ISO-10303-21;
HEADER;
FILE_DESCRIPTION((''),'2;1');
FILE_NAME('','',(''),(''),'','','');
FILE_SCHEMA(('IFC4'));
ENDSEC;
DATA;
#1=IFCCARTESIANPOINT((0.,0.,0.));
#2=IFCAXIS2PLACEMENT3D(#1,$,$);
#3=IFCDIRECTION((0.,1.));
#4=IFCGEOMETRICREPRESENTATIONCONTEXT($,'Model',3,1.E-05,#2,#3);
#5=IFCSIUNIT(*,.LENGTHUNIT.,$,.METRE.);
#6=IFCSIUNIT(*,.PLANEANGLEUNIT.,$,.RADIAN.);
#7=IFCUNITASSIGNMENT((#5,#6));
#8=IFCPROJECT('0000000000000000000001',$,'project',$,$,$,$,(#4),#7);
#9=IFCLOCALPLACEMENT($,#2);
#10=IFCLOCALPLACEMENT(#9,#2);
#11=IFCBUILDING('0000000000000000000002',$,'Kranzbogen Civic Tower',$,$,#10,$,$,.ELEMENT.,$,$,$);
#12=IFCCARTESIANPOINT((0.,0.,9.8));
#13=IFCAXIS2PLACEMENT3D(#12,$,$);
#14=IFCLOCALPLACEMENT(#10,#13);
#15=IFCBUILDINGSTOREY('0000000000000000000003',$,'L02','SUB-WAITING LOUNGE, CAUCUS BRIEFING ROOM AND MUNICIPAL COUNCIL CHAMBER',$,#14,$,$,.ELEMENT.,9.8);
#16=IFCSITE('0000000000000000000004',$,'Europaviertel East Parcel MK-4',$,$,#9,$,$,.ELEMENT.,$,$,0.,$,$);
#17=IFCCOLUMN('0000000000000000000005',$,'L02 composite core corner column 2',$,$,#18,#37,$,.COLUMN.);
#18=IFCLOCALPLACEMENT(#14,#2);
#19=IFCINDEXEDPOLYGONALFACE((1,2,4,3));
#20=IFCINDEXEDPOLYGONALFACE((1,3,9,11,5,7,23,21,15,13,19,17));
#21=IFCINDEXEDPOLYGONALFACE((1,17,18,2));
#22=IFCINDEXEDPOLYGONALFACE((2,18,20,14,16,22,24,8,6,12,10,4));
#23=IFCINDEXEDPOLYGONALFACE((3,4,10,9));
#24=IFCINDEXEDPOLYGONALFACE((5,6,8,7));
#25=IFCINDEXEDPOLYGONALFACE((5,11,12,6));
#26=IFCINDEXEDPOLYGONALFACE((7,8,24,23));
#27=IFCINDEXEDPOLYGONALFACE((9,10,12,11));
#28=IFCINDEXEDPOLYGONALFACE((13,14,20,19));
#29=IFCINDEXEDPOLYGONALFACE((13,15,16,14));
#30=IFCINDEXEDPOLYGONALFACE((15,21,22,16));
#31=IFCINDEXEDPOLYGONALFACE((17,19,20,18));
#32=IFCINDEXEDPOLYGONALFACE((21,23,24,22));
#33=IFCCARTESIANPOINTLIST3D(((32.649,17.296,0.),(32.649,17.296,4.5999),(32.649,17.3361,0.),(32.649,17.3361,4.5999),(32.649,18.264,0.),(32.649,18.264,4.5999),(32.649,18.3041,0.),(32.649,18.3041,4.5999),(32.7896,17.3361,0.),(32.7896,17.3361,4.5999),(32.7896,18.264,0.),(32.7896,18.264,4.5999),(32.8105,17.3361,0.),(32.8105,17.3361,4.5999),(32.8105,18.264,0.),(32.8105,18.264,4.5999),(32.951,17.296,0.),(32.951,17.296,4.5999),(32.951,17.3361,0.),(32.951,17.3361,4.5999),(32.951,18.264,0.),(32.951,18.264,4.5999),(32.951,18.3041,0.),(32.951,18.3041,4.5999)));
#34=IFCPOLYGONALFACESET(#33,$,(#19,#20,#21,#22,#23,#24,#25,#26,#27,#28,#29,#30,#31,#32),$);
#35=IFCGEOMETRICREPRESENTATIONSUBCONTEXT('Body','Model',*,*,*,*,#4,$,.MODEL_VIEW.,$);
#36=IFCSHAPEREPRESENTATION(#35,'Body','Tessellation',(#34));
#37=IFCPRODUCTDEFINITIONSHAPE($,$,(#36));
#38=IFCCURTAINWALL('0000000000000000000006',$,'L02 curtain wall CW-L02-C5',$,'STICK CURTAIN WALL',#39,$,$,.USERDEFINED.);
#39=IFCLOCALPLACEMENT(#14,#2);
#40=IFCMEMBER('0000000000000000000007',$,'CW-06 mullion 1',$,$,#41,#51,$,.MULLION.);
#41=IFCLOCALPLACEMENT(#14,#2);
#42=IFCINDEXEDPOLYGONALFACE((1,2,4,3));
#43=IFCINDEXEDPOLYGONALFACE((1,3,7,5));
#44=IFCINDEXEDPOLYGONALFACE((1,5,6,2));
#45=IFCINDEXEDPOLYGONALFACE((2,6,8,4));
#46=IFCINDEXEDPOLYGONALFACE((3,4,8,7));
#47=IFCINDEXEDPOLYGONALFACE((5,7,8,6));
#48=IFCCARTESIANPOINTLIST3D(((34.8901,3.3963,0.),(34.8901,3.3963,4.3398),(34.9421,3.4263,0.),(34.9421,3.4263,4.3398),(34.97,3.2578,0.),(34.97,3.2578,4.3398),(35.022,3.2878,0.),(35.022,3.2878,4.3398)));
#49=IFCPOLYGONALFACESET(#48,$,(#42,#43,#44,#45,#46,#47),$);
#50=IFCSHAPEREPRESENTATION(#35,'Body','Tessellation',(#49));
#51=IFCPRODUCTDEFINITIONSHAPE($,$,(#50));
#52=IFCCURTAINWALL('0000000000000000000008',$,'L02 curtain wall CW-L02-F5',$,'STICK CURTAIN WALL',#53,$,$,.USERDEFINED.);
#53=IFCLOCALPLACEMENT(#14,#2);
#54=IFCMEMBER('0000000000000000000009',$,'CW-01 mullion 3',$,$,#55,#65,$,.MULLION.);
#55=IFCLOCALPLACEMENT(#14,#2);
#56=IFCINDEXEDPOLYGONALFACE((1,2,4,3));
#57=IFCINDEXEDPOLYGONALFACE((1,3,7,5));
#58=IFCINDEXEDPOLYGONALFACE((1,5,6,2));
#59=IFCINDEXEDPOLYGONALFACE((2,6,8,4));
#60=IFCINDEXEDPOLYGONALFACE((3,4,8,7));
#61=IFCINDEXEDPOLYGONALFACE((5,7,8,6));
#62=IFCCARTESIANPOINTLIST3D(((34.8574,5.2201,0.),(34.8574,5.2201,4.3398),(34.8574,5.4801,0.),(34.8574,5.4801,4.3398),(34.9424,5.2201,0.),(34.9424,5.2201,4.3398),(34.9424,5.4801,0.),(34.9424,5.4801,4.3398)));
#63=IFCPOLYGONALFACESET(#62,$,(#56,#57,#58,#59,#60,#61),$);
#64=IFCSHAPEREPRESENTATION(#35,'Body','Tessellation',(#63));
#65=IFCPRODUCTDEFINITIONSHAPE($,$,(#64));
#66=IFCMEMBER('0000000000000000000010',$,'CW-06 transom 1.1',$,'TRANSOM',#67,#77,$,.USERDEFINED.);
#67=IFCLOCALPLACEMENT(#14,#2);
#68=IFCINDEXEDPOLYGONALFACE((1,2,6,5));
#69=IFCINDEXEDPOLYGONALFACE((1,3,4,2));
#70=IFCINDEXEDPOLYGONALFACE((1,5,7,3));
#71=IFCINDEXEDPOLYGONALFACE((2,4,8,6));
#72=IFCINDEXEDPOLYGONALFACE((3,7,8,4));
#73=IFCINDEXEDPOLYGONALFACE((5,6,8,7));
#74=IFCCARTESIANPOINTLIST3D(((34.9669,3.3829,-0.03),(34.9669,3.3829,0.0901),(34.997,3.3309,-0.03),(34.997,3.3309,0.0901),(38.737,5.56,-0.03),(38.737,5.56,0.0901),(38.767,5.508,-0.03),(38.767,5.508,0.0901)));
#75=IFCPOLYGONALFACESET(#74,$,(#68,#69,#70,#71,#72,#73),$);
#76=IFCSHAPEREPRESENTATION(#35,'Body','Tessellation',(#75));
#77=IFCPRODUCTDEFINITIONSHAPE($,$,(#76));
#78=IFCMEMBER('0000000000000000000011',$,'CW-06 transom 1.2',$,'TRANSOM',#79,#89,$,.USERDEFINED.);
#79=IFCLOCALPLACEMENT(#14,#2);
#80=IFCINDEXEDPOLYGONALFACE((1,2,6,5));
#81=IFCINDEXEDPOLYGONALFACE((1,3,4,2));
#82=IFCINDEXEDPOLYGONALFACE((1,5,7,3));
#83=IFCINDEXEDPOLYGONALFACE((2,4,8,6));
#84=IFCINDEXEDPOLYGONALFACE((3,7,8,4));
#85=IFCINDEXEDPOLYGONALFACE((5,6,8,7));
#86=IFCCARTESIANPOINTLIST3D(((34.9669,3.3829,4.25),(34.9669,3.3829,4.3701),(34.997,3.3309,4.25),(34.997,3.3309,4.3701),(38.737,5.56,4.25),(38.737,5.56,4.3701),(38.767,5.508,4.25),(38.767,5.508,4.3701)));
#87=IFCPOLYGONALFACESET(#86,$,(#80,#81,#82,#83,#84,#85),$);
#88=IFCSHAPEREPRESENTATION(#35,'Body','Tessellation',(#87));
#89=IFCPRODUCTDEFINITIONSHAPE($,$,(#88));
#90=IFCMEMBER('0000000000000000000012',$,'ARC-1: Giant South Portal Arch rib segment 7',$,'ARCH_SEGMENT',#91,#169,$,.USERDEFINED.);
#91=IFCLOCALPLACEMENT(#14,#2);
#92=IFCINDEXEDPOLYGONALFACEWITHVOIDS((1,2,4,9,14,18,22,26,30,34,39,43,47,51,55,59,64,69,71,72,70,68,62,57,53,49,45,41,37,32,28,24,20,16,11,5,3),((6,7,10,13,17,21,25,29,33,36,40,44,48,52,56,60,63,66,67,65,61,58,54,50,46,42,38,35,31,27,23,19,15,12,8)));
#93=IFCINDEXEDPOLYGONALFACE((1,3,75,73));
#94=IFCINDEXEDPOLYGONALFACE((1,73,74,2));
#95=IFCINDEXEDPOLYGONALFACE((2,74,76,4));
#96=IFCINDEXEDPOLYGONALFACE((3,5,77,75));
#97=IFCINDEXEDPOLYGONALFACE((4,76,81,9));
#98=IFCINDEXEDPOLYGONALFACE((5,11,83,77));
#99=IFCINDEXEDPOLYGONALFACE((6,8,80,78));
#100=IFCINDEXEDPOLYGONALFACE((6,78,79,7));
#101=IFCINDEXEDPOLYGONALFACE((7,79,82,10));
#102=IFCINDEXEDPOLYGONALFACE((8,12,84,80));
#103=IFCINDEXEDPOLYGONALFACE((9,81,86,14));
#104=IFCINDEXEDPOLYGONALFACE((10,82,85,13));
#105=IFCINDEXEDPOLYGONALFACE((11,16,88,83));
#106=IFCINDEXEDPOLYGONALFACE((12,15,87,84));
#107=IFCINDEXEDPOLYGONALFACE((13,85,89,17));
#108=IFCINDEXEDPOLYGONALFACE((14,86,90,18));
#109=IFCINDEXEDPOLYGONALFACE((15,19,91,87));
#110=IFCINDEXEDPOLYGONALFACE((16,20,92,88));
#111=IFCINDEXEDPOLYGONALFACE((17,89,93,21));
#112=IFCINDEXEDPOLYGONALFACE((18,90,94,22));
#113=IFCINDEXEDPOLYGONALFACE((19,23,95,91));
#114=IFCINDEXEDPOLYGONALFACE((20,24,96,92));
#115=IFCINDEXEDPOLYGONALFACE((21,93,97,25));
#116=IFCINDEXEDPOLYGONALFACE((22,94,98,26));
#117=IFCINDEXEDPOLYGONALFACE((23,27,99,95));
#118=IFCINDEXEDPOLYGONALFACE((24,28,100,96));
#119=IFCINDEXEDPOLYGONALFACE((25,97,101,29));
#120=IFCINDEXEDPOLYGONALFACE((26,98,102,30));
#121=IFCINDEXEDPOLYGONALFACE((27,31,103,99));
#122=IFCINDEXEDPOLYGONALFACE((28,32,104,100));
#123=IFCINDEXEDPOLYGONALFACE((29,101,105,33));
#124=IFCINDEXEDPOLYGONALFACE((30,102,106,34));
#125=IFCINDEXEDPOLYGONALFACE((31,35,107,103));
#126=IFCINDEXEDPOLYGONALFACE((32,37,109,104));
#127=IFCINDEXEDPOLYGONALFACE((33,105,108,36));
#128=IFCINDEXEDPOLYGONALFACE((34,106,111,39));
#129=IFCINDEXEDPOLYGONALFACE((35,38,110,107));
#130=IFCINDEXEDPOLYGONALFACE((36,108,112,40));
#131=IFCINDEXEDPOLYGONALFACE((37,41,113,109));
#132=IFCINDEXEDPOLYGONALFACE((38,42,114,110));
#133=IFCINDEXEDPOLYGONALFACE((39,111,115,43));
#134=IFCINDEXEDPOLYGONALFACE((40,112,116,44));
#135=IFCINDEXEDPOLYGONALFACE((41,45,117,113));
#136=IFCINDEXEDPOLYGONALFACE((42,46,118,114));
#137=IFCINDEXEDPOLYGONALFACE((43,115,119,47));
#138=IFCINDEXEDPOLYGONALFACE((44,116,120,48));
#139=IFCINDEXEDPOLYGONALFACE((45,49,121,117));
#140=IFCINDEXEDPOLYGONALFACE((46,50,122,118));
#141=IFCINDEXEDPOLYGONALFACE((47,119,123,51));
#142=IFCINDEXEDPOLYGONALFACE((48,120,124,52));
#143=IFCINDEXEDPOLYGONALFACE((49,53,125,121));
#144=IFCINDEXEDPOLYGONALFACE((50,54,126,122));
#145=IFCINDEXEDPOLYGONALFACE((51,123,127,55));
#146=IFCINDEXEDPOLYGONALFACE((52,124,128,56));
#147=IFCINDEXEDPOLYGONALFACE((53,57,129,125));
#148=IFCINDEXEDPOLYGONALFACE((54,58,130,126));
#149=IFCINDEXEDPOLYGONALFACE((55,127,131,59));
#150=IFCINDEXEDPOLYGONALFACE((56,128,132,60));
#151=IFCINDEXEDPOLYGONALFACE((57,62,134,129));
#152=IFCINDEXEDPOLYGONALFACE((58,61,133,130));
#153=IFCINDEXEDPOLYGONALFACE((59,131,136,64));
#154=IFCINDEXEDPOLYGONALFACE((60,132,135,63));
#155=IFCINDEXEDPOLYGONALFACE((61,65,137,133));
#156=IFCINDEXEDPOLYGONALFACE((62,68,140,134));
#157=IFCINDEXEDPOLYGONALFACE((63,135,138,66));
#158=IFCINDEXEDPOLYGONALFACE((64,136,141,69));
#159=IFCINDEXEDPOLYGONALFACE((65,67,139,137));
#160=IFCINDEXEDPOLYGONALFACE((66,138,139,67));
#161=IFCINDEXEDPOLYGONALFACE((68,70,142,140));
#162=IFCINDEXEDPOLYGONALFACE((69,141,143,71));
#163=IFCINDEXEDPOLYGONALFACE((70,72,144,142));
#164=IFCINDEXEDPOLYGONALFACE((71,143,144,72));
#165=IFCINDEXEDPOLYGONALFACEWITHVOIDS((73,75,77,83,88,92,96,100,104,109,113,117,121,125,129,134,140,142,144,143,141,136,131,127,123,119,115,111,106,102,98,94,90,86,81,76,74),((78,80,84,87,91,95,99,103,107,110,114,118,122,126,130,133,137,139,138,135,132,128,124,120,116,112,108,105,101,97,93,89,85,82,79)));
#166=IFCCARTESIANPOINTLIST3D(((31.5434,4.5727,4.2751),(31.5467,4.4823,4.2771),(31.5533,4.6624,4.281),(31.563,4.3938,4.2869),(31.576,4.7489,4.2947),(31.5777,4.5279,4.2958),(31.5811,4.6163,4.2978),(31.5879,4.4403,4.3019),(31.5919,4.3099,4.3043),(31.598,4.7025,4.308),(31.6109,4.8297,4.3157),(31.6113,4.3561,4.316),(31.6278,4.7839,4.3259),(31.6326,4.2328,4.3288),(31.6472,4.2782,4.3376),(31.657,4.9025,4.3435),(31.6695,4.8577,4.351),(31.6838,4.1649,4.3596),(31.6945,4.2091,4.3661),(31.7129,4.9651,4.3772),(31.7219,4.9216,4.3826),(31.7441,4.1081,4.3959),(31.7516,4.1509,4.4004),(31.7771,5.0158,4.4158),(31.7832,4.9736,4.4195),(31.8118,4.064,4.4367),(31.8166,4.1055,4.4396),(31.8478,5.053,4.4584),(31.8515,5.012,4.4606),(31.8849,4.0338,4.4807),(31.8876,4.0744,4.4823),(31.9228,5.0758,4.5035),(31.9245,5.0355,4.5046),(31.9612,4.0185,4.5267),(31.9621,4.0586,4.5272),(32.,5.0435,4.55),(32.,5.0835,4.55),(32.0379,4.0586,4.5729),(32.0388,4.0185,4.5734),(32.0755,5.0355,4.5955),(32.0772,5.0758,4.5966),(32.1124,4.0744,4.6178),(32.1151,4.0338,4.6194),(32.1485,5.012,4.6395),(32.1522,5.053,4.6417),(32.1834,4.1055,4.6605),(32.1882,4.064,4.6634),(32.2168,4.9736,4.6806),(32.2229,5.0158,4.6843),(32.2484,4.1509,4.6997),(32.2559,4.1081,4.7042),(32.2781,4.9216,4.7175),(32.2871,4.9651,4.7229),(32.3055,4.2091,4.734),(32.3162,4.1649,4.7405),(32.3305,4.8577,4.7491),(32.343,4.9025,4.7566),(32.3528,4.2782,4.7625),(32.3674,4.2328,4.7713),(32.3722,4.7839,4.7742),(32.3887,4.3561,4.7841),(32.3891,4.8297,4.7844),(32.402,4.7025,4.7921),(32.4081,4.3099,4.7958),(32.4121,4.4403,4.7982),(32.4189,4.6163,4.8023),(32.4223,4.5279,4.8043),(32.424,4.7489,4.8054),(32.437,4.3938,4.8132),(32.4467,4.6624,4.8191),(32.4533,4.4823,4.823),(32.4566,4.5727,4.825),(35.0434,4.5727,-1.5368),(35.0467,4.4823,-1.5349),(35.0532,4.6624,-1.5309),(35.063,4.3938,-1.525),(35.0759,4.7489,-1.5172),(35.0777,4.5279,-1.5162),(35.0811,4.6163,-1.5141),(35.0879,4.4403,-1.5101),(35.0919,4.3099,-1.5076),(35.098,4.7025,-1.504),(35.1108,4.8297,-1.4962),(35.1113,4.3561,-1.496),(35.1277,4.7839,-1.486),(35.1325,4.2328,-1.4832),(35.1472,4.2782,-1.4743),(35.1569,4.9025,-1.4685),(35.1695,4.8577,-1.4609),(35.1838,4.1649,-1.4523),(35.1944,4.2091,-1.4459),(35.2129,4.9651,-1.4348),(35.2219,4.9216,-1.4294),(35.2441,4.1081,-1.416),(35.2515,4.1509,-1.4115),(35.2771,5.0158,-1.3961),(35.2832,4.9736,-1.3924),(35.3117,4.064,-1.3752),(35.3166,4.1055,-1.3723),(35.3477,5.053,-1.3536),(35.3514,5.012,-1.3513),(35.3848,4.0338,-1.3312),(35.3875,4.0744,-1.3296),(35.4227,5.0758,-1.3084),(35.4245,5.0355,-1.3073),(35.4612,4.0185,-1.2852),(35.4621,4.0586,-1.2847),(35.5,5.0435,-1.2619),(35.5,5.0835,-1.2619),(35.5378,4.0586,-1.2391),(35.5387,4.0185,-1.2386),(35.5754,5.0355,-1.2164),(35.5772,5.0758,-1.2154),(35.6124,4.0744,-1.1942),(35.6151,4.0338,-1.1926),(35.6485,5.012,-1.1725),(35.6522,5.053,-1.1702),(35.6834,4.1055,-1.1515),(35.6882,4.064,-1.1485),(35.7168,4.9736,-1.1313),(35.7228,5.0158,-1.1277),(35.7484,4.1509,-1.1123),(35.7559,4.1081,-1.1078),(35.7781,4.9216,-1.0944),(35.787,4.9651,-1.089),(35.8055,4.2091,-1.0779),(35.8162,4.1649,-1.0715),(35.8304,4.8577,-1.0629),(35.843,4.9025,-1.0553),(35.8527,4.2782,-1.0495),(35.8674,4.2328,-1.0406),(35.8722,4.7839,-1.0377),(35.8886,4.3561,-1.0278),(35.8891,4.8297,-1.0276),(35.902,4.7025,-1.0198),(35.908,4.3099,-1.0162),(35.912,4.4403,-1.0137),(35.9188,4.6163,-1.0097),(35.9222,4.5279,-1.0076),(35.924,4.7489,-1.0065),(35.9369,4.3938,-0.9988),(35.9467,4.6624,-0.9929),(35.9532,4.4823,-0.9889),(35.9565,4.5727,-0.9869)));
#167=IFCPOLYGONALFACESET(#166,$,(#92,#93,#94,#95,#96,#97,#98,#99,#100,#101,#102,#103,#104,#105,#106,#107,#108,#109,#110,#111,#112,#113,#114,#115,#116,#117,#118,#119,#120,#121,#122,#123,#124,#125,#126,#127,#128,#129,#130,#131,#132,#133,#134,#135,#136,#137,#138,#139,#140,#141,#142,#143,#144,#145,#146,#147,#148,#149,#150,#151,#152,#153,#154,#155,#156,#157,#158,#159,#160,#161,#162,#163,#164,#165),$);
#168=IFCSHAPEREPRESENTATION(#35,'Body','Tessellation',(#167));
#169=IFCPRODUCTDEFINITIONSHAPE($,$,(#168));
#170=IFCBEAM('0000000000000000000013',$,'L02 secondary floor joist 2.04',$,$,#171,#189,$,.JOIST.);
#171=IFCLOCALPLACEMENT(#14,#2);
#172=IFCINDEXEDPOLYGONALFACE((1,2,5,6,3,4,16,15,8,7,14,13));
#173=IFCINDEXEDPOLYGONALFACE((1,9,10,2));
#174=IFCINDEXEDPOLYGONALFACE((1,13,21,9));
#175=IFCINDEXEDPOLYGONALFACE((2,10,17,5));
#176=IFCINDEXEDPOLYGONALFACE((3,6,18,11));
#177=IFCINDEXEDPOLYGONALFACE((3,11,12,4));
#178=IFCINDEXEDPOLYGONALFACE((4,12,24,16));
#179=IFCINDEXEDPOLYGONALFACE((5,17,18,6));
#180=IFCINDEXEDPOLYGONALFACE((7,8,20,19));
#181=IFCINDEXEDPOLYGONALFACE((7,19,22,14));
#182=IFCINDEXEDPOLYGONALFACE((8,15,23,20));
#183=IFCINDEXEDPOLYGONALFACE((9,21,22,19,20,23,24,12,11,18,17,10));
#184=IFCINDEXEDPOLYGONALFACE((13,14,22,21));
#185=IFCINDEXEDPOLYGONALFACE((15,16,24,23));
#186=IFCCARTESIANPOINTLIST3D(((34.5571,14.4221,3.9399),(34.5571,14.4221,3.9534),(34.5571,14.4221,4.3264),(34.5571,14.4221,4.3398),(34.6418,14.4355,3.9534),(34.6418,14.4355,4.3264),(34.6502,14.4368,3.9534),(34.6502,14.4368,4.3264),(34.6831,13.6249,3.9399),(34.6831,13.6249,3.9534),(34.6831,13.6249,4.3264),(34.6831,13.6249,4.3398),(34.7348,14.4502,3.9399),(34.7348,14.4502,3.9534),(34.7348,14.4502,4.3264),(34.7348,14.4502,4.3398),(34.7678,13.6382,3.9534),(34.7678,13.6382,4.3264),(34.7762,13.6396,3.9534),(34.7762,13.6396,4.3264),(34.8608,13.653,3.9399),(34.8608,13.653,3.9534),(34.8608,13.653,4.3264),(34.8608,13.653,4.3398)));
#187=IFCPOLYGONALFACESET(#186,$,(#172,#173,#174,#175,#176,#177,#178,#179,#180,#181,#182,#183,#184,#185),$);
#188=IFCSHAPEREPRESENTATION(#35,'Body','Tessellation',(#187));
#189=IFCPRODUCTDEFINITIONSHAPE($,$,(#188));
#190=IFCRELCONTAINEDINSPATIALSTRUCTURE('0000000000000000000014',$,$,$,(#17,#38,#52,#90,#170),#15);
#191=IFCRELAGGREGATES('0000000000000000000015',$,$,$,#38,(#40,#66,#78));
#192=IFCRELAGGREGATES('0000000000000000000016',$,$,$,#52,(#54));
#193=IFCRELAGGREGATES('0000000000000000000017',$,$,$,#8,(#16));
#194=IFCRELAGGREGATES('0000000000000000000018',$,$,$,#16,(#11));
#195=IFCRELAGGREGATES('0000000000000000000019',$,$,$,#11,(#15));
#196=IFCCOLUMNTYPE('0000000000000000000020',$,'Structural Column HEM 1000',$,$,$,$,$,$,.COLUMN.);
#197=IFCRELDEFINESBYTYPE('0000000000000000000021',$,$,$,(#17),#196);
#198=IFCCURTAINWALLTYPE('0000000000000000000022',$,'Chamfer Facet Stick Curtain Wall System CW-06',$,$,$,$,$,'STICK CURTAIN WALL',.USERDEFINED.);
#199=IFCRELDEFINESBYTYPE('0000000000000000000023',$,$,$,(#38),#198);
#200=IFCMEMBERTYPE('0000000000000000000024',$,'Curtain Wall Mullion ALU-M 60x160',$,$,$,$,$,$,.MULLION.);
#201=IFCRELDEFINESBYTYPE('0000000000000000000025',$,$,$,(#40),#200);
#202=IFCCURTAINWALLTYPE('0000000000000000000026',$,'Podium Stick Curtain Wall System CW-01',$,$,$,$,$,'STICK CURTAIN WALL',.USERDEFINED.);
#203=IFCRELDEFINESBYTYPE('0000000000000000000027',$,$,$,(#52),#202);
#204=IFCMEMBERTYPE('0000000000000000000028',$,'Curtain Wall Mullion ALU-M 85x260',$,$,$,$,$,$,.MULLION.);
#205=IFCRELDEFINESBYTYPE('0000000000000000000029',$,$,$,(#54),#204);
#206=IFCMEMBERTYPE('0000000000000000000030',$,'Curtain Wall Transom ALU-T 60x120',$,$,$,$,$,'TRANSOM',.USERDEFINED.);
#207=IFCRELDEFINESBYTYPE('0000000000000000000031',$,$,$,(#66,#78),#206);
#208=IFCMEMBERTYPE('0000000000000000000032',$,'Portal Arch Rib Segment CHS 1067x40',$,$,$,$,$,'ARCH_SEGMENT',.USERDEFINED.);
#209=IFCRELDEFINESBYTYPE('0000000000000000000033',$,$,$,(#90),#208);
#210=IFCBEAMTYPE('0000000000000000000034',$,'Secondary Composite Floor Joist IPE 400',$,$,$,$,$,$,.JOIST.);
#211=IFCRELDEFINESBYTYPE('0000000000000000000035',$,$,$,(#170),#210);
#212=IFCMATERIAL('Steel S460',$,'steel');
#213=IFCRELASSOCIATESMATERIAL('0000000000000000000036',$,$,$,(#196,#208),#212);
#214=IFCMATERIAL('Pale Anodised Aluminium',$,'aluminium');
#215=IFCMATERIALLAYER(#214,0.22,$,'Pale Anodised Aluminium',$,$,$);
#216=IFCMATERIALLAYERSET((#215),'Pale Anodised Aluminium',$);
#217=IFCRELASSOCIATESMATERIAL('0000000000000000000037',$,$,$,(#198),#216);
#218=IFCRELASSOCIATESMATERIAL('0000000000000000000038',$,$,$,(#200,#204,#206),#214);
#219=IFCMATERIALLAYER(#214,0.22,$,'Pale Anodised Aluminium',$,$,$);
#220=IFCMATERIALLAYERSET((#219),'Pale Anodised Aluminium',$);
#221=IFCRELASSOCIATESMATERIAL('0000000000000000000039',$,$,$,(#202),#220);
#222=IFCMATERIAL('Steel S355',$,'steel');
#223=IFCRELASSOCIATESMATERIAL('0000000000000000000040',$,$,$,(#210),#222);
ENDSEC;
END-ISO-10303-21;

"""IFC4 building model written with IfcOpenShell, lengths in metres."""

from ifc_helpers import new_model, si_unit, direction, frame, origin, origin_2d, place, context, subcontext, project, spatial, rectangle, hollow_circle, i_section, extrude, material, layer, layer_set, material_profile, profile_set, type_object, element, aggregate, save


model = new_model("IFC4")

# Units and contexts
model_context = context("Model", 3, precision=1e-05, world=origin(), true_north=direction((0.0, 1.0)))
body_context = subcontext(model_context, "Body", "Model", "MODEL_VIEW")
ifc_project = project(units=[si_unit("LENGTHUNIT", "METRE"), si_unit("PLANEANGLEUNIT", "RADIAN")], contexts=[model_context])

# Site, building, storey
site_placement = place(None, origin())
site = spatial("IfcSite", under=ifc_project, at=site_placement, Name="Europaviertel East Parcel MK-4", CompositionType="ELEMENT", RefElevation=0.0)
building_placement = place(site_placement, origin())
building = spatial("IfcBuilding", under=site, at=building_placement, Name="Kranzbogen Civic Tower", CompositionType="ELEMENT")
storey_placement = place(building_placement, frame((0.0, 0.0, 9.8)))
storey = spatial("IfcBuildingStorey", under=building, at=storey_placement, Name="L02", Description="SUB-WAITING LOUNGE, CAUCUS BRIEFING ROOM AND MUNICIPAL COUNCIL CHAMBER", CompositionType="ELEMENT", Elevation=9.8)

# Column
ifc_material_1 = material(Name="Steel S460", Category="steel")
ifc_material_profile_1 = material_profile(ifc_material_1, i_section(OverallWidth=0.302, OverallDepth=1.0081, WebThickness=0.021, FlangeThickness=0.04, at=origin_2d()), Name="HEM 1000")
ifc_profile_set_1 = profile_set([ifc_material_profile_1], Name="Steel S460")
column_type = type_object("IfcColumnType", Name="Structural Column HEM 1000", PredefinedType="COLUMN", material=ifc_profile_set_1)
column_placement = place(storey_placement, frame((32.8, 17.8, 0.0), z_axis=(0.0, 0.0, 1.0), x_axis=(1.0, 0.0, 0.0)))
element("IfcColumn", 1, at=column_placement, inside=storey, type_object=column_type, Name="L02 composite core corner column 2", PredefinedType="COLUMN", context=body_context, shape_type="SweptSolid", body=[
    extrude(i_section(OverallWidth=0.302, OverallDepth=1.0081, WebThickness=0.021, FlangeThickness=0.04, at=origin_2d()), origin(), (0.0, 0.0, 1.0), 4.5999),
])

# Curtain walls, members
ifc_material_2 = material(Name="Pale Anodised Aluminium", Category="aluminium")
ifc_layer_1 = layer(ifc_material_2, 0.22, Name="Pale Anodised Aluminium")
ifc_layer_set_1 = layer_set([ifc_layer_1], Name="Pale Anodised Aluminium")
curtain_wall_type_1 = type_object("IfcCurtainWallType", Name="Chamfer Facet Stick Curtain Wall System CW-06", ElementType="STICK CURTAIN WALL", PredefinedType="USERDEFINED", material=ifc_layer_set_1)
curtain_wall_1_placement = place(storey_placement, origin())
curtain_wall_1 = element("IfcCurtainWall", 2, at=curtain_wall_1_placement, inside=storey, type_object=curtain_wall_type_1, Name="L02 curtain wall CW-L02-C5", ObjectType="STICK CURTAIN WALL", PredefinedType="USERDEFINED")
ifc_material_profile_2 = material_profile(ifc_material_2, rectangle(XDim=0.0601, YDim=0.1599, at=origin_2d()), Name="ALU-M 60x160")
ifc_profile_set_2 = profile_set([ifc_material_profile_2], Name="Pale Anodised Aluminium")
member_type_1 = type_object("IfcMemberType", Name="Curtain Wall Mullion ALU-M 60x160", PredefinedType="MULLION", material=ifc_profile_set_2)
member_1_placement = place(storey_placement, frame((34.9561, 3.342, 0.0), z_axis=(0.0, 0.0, 1.0), x_axis=(0.865992, 0.500058, 0.0)))
member_1 = element("IfcMember", 3, at=member_1_placement, type_object=member_type_1, Name="CW-06 mullion 1", PredefinedType="MULLION", context=body_context, shape_type="SweptSolid", body=[
    extrude(rectangle(XDim=0.0601, YDim=0.1599, at=origin_2d()), origin(), (0.0, 0.0, 1.0), 4.3398),
])
ifc_layer_2 = layer(ifc_material_2, 0.22, Name="Pale Anodised Aluminium")
ifc_layer_set_2 = layer_set([ifc_layer_2], Name="Pale Anodised Aluminium")
curtain_wall_type_2 = type_object("IfcCurtainWallType", Name="Podium Stick Curtain Wall System CW-01", ElementType="STICK CURTAIN WALL", PredefinedType="USERDEFINED", material=ifc_layer_set_2)
curtain_wall_2_placement = place(storey_placement, origin())
curtain_wall_2 = element("IfcCurtainWall", 4, at=curtain_wall_2_placement, inside=storey, type_object=curtain_wall_type_2, Name="L02 curtain wall CW-L02-F5", ObjectType="STICK CURTAIN WALL", PredefinedType="USERDEFINED")
ifc_material_profile_3 = material_profile(ifc_material_2, rectangle(XDim=0.085, YDim=0.26, at=origin_2d()), Name="ALU-M 85x260")
ifc_profile_set_3 = profile_set([ifc_material_profile_3], Name="Pale Anodised Aluminium")
member_type_2 = type_object("IfcMemberType", Name="Curtain Wall Mullion ALU-M 85x260", PredefinedType="MULLION", material=ifc_profile_set_3)
member_2_placement = place(storey_placement, frame((34.8999, 5.3501, 0.0), z_axis=(0.0, 0.0, 1.0), x_axis=(1.0, 0.0, 0.0)))
member_2 = element("IfcMember", 5, at=member_2_placement, type_object=member_type_2, Name="CW-01 mullion 3", PredefinedType="MULLION", context=body_context, shape_type="SweptSolid", body=[
    extrude(rectangle(XDim=0.085, YDim=0.26, at=origin_2d()), origin(), (0.0, 0.0, 1.0), 4.3398),
])

# Members
ifc_material_profile_4 = material_profile(ifc_material_2, rectangle(XDim=0.0601, YDim=0.1201, at=origin_2d()), Name="ALU-T 60x120")
ifc_profile_set_4 = profile_set([ifc_material_profile_4], Name="Pale Anodised Aluminium")
member_type_3 = type_object("IfcMemberType", Name="Curtain Wall Transom ALU-T 60x120", ElementType="TRANSOM", PredefinedType="USERDEFINED", material=ifc_profile_set_4)
member_3_placement = place(storey_placement, frame((34.9819, 3.3569, 0.03), z_axis=(0.865988, 0.500065, 0.0), x_axis=(-0.500065, 0.865988, 0.0)))
member_3 = element("IfcMember", 6, at=member_3_placement, type_object=member_type_3, Name="CW-06 transom 1.1", ObjectType="TRANSOM", PredefinedType="USERDEFINED", context=body_context, shape_type="SweptSolid", body=[
    extrude(rectangle(XDim=0.0601, YDim=0.1201, at=origin_2d()), origin(), (0.0, 0.0, 1.0), 4.3535),
])
member_4_placement = place(storey_placement, frame((34.9819, 3.3569, 4.3101), z_axis=(0.865988, 0.500065, 0.0), x_axis=(-0.500065, 0.865988, 0.0)))
member_4 = element("IfcMember", 7, at=member_4_placement, type_object=member_type_3, Name="CW-06 transom 1.2", ObjectType="TRANSOM", PredefinedType="USERDEFINED", context=body_context, shape_type="SweptSolid", body=[
    extrude(rectangle(XDim=0.0601, YDim=0.1201, at=origin_2d()), origin(), (0.0, 0.0, 1.0), 4.3535),
])
aggregate(curtain_wall_1, [member_1, member_3, member_4])
ifc_material_profile_5 = material_profile(ifc_material_1, hollow_circle(Radius=0.5334, WallThickness=0.04, at=origin_2d()), Name="CHS 1067x40")
ifc_profile_set_5 = profile_set([ifc_material_profile_5], Name="Steel S460")
member_type_4 = type_object("IfcMemberType", Name="Portal Arch Rib Segment CHS 1067x40", ElementType="ARCH_SEGMENT", PredefinedType="USERDEFINED", material=ifc_profile_set_5)
member_5_placement = place(storey_placement, frame((32.0, 4.55, 4.55), z_axis=(0.515882, 0.0, -0.85666), x_axis=(0.0, 1.0, 0.0)))
element("IfcMember", 8, at=member_5_placement, inside=storey, type_object=member_type_4, Name="ARC-1: Giant South Portal Arch rib segment 7", ObjectType="ARCH_SEGMENT", PredefinedType="USERDEFINED", context=body_context, shape_type="SweptSolid", body=[
    extrude(hollow_circle(Radius=0.5334, WallThickness=0.04, at=origin_2d()), origin(), (0.0, 0.0, 1.0), 6.7844),
])

# Beam
ifc_material_3 = material(Name="Steel S355", Category="steel")
ifc_material_profile_6 = material_profile(ifc_material_3, i_section(OverallWidth=0.1799, OverallDepth=0.3999, WebThickness=0.0085, FlangeThickness=0.0134, at=origin_2d()), Name="IPE 400")
ifc_profile_set_6 = profile_set([ifc_material_profile_6], Name="Steel S355")
beam_type_1 = type_object("IfcBeamType", Name="Secondary Composite Floor Joist IPE 400", PredefinedType="JOIST", material=ifc_profile_set_6)
beam_1_placement = place(storey_placement, frame((34.772, 13.6389, 4.1399), z_axis=(-0.156102, 0.987741, 0.0), x_axis=(-0.987741, -0.156102, 0.0)))
element("IfcBeam", 9, at=beam_1_placement, inside=storey, type_object=beam_type_1, Name="L02 secondary floor joist 2.04", PredefinedType="JOIST", context=body_context, shape_type="SweptSolid", body=[
    extrude(i_section(OverallWidth=0.1799, OverallDepth=0.3999, WebThickness=0.0085, FlangeThickness=0.0134, at=origin_2d()), origin(), (0.0, 0.0, 1.0), 0.8071),
])

aggregate(curtain_wall_2, [member_2])

save(model, "model.ifc")
